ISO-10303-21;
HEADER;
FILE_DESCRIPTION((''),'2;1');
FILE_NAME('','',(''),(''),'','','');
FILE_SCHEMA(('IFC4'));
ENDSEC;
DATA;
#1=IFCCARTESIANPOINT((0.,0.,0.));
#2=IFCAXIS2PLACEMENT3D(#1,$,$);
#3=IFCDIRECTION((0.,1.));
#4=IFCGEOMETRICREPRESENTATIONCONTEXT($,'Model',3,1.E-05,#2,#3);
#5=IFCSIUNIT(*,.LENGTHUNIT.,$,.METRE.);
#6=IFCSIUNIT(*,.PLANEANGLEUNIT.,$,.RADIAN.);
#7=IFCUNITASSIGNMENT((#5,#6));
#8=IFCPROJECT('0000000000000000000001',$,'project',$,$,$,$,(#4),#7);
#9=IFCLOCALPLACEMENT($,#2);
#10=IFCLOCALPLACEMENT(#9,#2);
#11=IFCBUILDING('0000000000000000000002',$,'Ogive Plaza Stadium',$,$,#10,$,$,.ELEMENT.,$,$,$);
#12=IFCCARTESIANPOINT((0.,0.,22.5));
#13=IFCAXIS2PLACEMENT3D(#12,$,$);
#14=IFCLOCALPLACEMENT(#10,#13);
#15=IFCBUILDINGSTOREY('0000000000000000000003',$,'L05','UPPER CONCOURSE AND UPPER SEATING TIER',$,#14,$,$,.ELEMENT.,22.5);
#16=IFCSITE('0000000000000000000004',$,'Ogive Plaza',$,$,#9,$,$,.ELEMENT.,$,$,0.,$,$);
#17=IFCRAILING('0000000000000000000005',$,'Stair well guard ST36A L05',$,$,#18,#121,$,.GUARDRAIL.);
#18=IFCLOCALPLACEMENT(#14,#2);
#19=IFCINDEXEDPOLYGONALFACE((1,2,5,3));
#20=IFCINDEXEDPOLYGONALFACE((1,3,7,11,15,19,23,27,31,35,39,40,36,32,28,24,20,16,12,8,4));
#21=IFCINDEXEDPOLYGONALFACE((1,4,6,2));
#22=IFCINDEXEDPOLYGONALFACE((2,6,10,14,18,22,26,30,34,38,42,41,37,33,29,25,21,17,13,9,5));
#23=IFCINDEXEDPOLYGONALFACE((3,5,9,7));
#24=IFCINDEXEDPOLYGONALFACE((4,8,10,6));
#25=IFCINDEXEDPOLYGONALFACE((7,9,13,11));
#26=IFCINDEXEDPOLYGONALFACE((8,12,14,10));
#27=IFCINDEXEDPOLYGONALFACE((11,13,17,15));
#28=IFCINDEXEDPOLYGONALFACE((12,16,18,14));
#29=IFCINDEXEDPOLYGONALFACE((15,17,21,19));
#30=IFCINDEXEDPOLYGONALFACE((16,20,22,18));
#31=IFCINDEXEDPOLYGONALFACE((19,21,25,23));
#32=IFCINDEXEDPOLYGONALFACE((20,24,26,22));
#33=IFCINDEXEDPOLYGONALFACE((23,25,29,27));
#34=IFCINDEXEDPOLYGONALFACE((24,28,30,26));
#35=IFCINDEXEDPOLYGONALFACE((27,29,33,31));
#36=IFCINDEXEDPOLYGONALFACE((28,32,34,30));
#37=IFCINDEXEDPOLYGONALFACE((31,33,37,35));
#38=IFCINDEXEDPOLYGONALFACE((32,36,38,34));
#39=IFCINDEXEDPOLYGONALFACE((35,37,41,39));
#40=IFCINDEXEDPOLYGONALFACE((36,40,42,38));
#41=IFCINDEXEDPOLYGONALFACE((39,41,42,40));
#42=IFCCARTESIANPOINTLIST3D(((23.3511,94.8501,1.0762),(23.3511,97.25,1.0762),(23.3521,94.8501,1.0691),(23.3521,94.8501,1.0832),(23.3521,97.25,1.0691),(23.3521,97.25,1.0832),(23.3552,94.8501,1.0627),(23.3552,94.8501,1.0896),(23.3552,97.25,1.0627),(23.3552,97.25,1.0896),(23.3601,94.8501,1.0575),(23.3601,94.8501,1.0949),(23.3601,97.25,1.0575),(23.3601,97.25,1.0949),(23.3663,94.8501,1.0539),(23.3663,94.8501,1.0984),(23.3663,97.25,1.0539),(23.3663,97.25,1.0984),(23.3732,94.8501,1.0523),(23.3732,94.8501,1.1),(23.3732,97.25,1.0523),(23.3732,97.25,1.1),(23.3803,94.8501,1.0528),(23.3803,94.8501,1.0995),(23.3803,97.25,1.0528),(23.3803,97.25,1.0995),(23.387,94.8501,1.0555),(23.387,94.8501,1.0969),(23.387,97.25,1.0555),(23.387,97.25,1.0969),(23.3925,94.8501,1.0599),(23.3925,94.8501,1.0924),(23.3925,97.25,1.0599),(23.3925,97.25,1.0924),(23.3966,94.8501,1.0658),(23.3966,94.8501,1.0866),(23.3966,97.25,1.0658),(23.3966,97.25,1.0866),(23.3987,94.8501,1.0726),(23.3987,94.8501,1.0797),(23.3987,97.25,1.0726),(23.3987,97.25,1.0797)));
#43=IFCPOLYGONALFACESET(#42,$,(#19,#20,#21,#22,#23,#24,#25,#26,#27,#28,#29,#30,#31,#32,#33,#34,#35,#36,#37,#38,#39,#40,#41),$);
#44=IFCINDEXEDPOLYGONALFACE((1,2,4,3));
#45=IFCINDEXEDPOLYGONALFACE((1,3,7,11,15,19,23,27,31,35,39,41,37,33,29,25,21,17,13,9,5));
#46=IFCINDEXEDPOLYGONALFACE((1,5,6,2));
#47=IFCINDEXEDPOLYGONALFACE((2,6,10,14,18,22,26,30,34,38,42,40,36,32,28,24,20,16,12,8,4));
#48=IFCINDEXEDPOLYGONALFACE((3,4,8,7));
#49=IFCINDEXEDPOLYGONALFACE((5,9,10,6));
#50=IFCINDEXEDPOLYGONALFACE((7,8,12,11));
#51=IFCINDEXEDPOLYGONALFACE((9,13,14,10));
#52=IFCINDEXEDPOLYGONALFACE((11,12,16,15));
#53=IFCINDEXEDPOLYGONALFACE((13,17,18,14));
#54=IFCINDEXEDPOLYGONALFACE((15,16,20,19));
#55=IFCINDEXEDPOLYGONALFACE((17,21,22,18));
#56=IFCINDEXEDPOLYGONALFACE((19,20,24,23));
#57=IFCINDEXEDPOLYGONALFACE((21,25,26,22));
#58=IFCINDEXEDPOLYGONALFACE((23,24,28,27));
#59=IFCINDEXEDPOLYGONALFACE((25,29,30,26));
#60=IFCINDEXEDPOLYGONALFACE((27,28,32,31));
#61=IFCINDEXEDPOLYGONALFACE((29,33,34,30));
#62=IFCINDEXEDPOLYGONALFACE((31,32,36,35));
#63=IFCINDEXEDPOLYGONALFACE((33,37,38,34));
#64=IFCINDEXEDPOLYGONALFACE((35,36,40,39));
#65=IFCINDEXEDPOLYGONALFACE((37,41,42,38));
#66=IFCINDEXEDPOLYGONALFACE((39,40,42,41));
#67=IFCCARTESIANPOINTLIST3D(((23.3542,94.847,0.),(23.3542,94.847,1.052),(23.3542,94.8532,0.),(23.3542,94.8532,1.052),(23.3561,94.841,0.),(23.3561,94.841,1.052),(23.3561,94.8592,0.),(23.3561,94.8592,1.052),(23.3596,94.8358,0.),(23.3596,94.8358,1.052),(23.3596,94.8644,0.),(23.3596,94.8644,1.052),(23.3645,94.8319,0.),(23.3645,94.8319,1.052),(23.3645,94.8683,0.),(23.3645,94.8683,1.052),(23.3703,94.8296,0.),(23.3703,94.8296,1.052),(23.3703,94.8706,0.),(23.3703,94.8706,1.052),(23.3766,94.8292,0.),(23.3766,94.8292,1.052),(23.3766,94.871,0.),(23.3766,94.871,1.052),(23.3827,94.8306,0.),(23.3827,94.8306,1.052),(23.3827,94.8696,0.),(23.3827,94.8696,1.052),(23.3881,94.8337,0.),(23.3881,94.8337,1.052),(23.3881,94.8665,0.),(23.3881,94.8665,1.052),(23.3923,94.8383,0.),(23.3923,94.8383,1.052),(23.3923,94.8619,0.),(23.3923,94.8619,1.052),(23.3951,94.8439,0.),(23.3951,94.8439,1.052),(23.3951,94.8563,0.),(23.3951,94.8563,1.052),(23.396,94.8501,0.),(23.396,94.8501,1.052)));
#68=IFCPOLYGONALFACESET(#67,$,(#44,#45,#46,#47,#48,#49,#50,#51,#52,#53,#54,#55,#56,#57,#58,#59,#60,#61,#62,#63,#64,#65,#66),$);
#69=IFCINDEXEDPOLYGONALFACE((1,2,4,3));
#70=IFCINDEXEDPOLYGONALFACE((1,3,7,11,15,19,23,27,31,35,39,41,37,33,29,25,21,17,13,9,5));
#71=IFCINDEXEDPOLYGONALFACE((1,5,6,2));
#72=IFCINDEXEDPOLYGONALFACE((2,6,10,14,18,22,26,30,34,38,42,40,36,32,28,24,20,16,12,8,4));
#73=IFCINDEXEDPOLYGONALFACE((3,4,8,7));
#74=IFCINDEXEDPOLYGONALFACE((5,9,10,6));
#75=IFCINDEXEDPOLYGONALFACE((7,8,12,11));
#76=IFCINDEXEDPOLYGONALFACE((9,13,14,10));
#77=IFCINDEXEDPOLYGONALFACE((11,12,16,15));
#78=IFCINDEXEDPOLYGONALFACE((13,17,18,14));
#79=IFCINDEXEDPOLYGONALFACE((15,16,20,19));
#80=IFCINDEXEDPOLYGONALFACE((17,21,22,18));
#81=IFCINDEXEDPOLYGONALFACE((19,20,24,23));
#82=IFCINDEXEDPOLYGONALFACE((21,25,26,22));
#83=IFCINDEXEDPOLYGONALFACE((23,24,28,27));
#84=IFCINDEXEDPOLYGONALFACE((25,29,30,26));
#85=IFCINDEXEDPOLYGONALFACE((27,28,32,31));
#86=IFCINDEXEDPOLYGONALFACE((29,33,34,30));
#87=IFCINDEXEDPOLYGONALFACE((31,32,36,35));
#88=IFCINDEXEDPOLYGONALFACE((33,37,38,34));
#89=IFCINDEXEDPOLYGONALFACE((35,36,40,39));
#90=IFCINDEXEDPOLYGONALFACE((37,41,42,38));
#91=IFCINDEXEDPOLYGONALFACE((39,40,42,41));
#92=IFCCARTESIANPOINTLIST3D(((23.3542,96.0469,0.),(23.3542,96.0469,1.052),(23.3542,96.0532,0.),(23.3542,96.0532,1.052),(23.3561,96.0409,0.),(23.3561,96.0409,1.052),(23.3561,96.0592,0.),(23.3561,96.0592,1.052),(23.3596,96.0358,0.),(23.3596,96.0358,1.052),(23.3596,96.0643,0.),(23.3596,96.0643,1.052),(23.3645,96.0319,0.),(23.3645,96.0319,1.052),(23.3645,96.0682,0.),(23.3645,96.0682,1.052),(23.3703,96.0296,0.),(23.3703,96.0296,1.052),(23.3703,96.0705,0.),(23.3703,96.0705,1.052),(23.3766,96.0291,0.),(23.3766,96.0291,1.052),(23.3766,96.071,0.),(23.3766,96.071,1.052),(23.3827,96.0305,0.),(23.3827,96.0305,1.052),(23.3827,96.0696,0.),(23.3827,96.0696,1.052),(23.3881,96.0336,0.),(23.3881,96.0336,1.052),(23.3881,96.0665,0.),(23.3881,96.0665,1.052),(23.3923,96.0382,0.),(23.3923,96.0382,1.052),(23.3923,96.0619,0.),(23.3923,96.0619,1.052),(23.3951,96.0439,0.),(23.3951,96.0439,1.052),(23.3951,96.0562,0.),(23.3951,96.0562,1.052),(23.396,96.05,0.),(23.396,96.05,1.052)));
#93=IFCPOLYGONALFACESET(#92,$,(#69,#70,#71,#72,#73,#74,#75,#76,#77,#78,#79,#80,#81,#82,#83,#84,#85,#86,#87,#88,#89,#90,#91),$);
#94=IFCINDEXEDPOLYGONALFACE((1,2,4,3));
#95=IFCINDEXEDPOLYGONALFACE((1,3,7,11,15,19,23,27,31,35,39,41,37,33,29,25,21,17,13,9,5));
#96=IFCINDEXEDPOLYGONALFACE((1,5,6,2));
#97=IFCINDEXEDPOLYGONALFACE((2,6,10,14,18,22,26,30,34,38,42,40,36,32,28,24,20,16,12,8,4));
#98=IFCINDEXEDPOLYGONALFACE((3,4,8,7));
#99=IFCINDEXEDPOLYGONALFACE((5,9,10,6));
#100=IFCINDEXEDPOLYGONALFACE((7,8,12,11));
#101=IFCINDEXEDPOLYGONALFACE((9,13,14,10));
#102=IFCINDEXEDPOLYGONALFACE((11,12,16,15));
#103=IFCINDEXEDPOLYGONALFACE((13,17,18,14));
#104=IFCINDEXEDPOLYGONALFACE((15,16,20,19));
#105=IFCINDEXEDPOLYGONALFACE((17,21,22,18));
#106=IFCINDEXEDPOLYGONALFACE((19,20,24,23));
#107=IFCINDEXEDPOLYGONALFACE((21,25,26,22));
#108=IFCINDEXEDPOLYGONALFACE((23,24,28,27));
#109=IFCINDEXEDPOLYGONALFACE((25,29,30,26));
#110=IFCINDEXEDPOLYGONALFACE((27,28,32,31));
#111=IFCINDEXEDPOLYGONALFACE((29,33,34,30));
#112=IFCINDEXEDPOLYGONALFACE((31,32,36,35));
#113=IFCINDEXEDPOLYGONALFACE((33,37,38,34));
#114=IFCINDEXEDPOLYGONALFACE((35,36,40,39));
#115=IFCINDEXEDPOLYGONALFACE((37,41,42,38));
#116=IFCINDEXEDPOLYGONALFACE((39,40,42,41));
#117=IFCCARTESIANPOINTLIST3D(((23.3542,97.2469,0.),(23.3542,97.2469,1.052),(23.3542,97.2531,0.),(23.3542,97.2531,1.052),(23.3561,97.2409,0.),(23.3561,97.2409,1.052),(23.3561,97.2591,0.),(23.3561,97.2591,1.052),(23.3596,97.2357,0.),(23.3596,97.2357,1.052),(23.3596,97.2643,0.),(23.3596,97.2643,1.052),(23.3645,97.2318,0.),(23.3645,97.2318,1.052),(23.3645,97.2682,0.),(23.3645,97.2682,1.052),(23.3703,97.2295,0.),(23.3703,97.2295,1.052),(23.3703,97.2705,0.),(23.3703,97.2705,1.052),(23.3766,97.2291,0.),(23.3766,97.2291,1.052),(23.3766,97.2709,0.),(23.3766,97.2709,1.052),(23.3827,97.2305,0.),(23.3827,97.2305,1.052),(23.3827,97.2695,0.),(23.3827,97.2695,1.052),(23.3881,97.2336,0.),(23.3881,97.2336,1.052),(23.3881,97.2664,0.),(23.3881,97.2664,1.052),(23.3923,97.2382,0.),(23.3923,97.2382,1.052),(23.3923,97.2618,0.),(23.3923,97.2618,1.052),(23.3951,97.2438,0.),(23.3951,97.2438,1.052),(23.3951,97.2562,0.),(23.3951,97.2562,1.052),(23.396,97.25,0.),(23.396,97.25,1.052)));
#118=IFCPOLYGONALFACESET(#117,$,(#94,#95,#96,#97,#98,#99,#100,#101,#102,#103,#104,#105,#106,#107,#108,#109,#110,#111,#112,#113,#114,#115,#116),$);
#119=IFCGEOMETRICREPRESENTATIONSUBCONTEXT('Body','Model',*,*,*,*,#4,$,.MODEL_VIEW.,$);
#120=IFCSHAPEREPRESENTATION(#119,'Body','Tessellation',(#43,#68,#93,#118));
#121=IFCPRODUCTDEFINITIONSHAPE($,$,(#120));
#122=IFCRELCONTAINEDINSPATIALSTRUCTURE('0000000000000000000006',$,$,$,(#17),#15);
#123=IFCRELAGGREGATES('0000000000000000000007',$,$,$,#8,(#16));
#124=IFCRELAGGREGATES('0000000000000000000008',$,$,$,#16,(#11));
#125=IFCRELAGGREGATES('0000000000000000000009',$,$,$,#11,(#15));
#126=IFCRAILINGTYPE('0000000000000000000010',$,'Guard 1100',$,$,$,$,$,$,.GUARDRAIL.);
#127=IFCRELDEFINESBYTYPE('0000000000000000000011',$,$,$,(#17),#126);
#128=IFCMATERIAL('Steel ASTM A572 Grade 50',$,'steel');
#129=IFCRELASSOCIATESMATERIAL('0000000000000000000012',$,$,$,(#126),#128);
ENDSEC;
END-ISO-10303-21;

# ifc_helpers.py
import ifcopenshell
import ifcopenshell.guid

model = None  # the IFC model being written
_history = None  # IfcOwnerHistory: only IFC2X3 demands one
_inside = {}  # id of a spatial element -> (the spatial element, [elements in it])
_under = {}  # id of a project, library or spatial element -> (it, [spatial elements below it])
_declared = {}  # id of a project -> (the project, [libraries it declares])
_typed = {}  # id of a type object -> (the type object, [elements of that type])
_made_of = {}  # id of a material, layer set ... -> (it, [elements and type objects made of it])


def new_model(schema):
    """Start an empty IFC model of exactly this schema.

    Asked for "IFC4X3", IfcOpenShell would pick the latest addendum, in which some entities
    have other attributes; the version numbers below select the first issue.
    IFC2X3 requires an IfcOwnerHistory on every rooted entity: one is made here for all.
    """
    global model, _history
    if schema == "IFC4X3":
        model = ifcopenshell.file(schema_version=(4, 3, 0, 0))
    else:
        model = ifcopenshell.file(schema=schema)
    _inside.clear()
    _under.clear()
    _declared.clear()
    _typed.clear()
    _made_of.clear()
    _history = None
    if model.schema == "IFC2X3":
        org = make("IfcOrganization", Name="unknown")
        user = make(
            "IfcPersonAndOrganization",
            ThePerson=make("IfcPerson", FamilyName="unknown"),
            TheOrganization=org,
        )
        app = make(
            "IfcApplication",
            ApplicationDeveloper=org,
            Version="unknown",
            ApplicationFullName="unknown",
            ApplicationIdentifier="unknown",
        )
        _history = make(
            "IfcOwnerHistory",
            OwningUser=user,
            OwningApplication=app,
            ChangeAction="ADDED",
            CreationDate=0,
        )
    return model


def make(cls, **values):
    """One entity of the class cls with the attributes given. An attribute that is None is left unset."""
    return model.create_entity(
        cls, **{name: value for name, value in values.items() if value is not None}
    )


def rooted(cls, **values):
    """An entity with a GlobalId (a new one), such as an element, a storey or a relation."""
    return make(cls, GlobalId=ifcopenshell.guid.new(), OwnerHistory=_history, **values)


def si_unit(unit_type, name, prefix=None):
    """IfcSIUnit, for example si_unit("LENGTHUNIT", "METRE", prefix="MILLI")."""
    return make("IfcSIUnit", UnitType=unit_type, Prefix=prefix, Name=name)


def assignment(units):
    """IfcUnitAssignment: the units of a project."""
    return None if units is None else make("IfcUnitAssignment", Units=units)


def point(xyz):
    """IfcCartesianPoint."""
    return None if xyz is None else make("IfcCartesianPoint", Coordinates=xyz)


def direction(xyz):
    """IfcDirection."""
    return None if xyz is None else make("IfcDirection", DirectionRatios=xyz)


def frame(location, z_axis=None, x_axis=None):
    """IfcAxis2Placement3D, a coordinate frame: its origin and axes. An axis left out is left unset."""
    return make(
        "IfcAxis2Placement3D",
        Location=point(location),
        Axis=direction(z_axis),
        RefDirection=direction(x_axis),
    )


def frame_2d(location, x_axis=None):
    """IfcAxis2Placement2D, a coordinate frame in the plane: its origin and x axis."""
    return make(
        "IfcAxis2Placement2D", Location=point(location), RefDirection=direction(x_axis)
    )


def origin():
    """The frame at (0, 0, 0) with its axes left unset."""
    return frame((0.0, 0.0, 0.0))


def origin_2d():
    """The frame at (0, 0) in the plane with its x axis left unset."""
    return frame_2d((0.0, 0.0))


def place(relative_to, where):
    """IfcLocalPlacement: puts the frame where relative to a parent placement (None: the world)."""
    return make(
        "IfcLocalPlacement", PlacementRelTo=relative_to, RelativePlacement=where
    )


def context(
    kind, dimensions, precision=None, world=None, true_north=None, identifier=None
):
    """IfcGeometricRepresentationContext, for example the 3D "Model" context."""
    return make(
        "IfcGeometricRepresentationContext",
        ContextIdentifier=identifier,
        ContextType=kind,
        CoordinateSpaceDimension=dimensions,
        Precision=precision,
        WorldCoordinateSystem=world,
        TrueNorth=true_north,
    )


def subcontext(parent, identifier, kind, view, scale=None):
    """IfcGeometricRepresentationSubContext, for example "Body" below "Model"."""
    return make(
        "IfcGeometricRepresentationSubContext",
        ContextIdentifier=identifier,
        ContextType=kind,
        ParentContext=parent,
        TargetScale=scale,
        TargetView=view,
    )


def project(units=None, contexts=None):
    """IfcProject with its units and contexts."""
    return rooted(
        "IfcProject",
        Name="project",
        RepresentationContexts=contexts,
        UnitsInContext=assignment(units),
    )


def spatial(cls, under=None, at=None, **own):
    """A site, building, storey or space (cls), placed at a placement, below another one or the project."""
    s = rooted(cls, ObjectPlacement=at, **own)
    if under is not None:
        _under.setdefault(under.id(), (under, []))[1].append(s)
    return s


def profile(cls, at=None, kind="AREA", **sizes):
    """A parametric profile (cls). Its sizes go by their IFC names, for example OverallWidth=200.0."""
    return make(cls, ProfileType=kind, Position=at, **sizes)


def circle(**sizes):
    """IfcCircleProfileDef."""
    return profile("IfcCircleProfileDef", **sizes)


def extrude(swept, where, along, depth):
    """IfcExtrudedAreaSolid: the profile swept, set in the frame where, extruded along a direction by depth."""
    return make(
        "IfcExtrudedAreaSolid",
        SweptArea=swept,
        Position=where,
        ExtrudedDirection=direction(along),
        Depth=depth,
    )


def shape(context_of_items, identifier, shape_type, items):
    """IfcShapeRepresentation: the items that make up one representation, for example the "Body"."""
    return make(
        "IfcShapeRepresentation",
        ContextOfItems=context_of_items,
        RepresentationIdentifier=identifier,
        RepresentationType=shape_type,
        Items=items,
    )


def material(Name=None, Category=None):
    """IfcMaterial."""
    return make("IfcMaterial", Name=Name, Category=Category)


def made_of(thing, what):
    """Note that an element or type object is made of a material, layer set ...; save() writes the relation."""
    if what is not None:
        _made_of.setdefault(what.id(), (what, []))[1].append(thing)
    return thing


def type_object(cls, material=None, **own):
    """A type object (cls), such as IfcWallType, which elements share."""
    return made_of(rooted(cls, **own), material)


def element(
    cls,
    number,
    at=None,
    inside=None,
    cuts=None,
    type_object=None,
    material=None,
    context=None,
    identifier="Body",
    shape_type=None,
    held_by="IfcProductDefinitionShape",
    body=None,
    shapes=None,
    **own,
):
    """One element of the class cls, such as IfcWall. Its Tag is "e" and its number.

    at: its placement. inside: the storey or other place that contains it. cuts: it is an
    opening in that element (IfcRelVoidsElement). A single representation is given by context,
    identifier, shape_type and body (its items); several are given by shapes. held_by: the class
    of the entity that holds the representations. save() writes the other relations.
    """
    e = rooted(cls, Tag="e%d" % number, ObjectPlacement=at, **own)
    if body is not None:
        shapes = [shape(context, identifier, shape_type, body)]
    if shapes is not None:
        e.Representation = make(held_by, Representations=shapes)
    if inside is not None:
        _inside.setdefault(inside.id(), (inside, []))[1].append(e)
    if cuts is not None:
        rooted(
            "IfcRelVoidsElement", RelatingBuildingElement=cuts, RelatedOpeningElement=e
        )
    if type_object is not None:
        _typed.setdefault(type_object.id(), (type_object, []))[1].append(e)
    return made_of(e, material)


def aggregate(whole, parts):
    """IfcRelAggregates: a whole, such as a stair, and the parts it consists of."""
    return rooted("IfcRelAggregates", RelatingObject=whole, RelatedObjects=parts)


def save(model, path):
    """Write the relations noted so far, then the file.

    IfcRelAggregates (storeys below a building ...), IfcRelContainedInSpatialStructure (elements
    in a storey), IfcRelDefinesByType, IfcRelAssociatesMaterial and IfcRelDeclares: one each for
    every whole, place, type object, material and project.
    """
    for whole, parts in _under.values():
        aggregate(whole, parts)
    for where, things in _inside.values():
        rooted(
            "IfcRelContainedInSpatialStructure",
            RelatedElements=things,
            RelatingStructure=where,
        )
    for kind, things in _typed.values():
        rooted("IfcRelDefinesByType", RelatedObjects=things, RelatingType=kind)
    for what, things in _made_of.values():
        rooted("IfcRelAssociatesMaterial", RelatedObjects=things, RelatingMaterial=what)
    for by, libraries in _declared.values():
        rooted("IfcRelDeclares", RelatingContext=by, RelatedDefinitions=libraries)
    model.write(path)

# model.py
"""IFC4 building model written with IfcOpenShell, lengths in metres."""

from ifc_helpers import new_model, si_unit, direction, frame, origin, origin_2d, place, context, subcontext, project, spatial, circle, extrude, material, type_object, element, save


model = new_model("IFC4")

# Units and contexts
model_context = context("Model", 3, precision=1e-05, world=origin(), true_north=direction((0.0, 1.0)))
body_context = subcontext(model_context, "Body", "Model", "MODEL_VIEW")
ifc_project = project(units=[si_unit("LENGTHUNIT", "METRE"), si_unit("PLANEANGLEUNIT", "RADIAN")], contexts=[model_context])

# Site, building, storey
site_placement = place(None, origin())
site = spatial("IfcSite", under=ifc_project, at=site_placement, Name="Ogive Plaza", CompositionType="ELEMENT", RefElevation=0.0)
building_placement = place(site_placement, origin())
building = spatial("IfcBuilding", under=site, at=building_placement, Name="Ogive Plaza Stadium", CompositionType="ELEMENT")
storey_placement = place(building_placement, frame((0.0, 0.0, 22.5)))
storey = spatial("IfcBuildingStorey", under=building, at=storey_placement, Name="L05", Description="UPPER CONCOURSE AND UPPER SEATING TIER", CompositionType="ELEMENT", Elevation=22.5)

# Railing
ifc_material_1 = material(Name="Steel ASTM A572 Grade 50", Category="steel")
railing_type = type_object("IfcRailingType", Name="Guard 1100", PredefinedType="GUARDRAIL", material=ifc_material_1)
railing_1_placement = place(storey_placement, frame((23.375, 94.8501, 0.0)))
element("IfcRailing", 1, at=railing_1_placement, inside=storey, type_object=railing_type, Name="Stair well guard ST36A L05", PredefinedType="GUARDRAIL", context=body_context, shape_type="SweptSolid", body=[
    extrude(circle(Radius=0.0239, at=origin_2d()), frame((0.0, 0.0, 1.0762), z_axis=(0.0, 1.0, 0.0), x_axis=(-1.0, 0.0, 0.0)), (0.0, 0.0, 1.0), 2.3999),
    extrude(circle(Radius=0.021, at=origin_2d()), origin(), (0.0, 0.0, 1.0), 1.052),
    extrude(circle(Radius=0.021, at=origin_2d()), frame((0.0, 1.2, 0.0)), (0.0, 0.0, 1.0), 1.052),
    extrude(circle(Radius=0.021, at=origin_2d()), frame((0.0, 2.3999, 0.0)), (0.0, 0.0, 1.0), 1.052),
])

save(model, "model.ifc")
